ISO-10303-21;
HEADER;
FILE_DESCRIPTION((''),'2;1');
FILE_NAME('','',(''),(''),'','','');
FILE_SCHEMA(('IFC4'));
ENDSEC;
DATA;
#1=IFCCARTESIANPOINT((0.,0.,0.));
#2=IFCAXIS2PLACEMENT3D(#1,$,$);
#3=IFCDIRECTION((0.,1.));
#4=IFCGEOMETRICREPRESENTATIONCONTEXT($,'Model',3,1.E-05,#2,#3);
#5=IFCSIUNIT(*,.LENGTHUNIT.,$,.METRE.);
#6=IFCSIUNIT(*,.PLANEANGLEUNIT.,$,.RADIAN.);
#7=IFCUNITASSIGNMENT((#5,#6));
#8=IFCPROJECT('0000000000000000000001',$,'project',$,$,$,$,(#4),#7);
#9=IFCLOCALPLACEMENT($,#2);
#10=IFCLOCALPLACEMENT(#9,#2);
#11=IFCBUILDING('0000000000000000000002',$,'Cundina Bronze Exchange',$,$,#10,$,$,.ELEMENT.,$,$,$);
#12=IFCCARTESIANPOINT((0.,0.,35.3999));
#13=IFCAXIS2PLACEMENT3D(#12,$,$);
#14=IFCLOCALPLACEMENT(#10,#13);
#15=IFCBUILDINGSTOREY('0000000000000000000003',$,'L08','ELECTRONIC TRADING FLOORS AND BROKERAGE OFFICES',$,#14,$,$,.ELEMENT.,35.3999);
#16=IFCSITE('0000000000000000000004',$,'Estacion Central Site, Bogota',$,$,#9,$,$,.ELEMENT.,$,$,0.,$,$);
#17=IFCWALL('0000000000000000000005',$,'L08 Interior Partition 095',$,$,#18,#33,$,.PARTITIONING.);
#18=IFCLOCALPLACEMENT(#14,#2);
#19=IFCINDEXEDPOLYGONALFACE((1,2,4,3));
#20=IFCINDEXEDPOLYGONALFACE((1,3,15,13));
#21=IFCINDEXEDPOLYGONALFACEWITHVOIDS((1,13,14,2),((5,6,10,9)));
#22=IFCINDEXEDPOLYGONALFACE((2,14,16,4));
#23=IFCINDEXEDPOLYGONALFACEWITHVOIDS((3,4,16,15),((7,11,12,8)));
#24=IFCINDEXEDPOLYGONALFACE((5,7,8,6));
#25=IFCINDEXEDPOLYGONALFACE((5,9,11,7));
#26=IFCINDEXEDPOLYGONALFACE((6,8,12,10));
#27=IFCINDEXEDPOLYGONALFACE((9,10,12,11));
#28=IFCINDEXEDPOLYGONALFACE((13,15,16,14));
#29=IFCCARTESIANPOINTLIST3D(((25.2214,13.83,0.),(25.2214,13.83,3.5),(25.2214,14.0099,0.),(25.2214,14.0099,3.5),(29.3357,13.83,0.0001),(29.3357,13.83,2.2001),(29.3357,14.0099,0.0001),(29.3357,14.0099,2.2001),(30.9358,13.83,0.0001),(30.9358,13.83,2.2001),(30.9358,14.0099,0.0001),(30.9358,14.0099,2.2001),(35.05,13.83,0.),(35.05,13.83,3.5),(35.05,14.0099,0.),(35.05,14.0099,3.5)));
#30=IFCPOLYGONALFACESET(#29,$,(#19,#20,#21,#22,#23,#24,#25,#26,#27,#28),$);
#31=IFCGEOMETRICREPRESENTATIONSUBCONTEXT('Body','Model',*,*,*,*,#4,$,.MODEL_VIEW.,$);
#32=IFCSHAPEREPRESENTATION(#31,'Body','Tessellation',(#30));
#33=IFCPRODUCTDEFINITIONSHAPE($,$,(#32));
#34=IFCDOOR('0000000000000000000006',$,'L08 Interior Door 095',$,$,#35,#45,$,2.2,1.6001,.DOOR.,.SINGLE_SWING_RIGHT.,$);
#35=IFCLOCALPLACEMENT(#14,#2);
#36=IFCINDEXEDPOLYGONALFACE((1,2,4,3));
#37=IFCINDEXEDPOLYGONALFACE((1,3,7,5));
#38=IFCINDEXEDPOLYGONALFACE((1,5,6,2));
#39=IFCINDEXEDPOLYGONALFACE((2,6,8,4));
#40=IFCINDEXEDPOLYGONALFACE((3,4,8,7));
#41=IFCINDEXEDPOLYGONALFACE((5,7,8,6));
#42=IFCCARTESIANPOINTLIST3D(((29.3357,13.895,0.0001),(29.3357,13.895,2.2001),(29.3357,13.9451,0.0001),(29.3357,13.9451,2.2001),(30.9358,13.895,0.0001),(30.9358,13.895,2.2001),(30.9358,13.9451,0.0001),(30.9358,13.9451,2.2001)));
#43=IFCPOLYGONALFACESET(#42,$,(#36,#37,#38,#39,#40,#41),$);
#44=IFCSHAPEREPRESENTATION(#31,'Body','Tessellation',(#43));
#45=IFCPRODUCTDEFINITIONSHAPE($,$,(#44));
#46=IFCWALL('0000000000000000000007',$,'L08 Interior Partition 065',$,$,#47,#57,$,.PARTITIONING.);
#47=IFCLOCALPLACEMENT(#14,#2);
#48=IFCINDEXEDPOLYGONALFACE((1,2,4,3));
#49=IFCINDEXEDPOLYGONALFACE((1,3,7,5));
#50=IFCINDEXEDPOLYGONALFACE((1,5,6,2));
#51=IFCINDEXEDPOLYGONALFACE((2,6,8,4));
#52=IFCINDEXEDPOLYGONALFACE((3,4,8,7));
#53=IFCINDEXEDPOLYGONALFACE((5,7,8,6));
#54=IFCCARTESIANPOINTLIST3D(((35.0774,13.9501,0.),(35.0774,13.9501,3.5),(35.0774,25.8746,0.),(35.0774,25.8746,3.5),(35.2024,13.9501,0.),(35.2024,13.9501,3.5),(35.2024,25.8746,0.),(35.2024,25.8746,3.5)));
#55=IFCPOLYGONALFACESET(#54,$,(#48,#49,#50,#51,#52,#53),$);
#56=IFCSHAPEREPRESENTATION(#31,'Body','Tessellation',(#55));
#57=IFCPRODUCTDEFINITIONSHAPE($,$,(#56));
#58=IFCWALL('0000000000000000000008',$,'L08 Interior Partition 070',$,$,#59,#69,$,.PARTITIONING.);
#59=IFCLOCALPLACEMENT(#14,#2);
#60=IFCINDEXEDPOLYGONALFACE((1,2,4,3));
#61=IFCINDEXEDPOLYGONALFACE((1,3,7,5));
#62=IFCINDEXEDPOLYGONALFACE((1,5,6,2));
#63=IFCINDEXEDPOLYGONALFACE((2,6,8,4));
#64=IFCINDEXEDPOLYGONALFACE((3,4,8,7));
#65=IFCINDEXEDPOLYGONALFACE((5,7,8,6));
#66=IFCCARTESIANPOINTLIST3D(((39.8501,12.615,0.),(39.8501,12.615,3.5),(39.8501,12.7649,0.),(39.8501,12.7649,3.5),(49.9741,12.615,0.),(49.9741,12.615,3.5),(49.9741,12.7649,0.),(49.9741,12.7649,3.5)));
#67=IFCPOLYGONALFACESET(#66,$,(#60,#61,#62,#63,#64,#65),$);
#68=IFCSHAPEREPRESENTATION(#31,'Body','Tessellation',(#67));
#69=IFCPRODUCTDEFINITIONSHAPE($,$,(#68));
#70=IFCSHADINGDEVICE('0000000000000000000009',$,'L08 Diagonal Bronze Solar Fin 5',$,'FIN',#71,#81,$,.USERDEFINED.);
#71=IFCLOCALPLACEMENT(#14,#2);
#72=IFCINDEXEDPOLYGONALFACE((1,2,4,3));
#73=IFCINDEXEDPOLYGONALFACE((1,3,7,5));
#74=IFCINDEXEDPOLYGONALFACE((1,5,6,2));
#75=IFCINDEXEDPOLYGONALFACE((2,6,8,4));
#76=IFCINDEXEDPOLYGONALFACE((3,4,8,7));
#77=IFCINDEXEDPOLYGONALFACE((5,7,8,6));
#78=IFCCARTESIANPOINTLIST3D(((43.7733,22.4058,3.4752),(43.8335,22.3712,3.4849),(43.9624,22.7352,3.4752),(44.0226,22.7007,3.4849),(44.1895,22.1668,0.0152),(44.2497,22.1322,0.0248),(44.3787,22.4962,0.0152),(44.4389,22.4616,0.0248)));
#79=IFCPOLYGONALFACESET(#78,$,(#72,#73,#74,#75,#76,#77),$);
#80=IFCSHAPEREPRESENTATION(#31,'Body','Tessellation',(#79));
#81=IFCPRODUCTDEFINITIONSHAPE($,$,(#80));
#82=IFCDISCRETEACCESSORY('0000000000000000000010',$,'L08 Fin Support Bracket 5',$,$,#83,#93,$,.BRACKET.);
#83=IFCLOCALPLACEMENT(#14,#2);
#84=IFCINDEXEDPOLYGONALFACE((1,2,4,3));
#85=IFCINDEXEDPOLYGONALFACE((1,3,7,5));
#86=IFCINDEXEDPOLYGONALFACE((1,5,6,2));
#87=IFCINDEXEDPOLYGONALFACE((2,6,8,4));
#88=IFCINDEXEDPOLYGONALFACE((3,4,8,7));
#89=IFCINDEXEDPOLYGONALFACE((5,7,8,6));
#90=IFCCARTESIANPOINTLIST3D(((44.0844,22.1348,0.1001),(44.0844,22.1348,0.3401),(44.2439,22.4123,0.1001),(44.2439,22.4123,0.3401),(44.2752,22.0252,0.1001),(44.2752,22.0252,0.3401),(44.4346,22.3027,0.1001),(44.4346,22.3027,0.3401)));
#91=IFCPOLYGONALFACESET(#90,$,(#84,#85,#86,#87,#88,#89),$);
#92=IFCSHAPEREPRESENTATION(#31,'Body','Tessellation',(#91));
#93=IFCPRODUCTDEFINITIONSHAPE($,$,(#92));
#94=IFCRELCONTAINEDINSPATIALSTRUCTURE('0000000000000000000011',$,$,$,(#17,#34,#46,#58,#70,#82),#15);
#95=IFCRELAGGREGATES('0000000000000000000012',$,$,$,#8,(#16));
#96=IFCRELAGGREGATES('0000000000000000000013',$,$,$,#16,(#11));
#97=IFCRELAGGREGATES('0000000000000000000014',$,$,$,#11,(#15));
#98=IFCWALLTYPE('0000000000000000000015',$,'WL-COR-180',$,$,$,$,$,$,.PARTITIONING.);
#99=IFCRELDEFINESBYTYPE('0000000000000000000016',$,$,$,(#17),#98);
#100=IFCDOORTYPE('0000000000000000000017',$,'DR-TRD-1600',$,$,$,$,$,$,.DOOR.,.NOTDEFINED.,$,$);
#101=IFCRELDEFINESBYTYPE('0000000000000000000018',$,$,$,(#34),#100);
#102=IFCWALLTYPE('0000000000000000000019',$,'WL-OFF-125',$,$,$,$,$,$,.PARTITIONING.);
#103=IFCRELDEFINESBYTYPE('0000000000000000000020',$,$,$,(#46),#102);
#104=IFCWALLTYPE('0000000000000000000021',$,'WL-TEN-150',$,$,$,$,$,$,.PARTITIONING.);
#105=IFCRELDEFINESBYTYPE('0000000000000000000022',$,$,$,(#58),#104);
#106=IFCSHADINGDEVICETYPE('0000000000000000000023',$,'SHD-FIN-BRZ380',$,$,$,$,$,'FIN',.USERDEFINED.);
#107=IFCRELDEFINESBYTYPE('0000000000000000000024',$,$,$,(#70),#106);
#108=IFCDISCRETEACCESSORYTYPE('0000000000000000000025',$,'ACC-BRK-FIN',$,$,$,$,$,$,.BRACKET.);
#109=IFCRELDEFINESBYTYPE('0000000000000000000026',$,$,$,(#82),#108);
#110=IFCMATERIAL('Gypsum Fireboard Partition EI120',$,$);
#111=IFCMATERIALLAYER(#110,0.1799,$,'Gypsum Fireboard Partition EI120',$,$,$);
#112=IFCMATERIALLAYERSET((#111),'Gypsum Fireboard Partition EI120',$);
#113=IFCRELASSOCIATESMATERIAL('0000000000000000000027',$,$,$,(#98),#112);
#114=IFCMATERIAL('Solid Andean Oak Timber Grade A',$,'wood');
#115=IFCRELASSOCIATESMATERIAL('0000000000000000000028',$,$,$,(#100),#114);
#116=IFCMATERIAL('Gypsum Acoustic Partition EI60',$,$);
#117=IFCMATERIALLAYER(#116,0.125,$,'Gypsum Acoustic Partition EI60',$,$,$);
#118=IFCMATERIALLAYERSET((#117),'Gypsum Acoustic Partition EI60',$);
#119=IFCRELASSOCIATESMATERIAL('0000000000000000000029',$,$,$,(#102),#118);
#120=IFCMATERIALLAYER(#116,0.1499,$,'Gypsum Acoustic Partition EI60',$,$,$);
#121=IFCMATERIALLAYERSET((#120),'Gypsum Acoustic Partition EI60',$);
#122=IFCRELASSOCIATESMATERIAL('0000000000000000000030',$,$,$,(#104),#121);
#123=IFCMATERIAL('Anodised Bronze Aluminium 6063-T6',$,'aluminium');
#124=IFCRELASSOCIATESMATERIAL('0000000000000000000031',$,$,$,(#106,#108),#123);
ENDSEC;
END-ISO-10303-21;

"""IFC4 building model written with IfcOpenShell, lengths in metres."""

from ifc_helpers import new_model, si_unit, direction, frame, frame_2d, origin, origin_2d, place, context, subcontext, project, spatial, rectangle, extrude, material, layer, layer_set, material_profile, profile_set, type_object, element, fill, save


model = new_model("IFC4")

# Units and contexts
model_context = context("Model", 3, precision=1e-05, world=origin(), true_north=direction((0.0, 1.0)))
body_context = subcontext(model_context, "Body", "Model", "MODEL_VIEW")
ifc_project = project(units=[si_unit("LENGTHUNIT", "METRE"), si_unit("PLANEANGLEUNIT", "RADIAN")], contexts=[model_context])

# Site, building, storey
site_placement = place(None, origin())
site = spatial("IfcSite", under=ifc_project, at=site_placement, Name="Estacion Central Site, Bogota", CompositionType="ELEMENT", RefElevation=0.0)
building_placement = place(site_placement, origin())
building = spatial("IfcBuilding", under=site, at=building_placement, Name="Cundina Bronze Exchange", CompositionType="ELEMENT")
storey_placement = place(building_placement, frame((0.0, 0.0, 35.3999)))
storey = spatial("IfcBuildingStorey", under=building, at=storey_placement, Name="L08", Description="ELECTRONIC TRADING FLOORS AND BROKERAGE OFFICES", CompositionType="ELEMENT", Elevation=35.3999)

# Shared definitions
ifc_material_1 = material(Name="Anodised Bronze Aluminium 6063-T6", Category="aluminium")

# Shared definitions
ifc_material_2 = material(Name="Gypsum Fireboard Partition EI120")
ifc_layer_1 = layer(ifc_material_2, 0.1799, Name="Gypsum Fireboard Partition EI120")
ifc_layer_set_1 = layer_set([ifc_layer_1], Name="Gypsum Fireboard Partition EI120")
wall_type_1 = type_object("IfcWallType", Name="WL-COR-180", PredefinedType="PARTITIONING", material=ifc_layer_set_1)

# Shared definitions
ifc_material_3 = material(Name="Solid Andean Oak Timber Grade A", Category="wood")

# Wall, opening, door
wall_1_placement = place(storey_placement, frame((35.05, 13.9199, 0.0), z_axis=(0.0, 0.0, 1.0), x_axis=(-1.0, 0.0, 0.0)))
wall_1 = element("IfcWall", 1, at=wall_1_placement, inside=storey, type_object=wall_type_1, Name="L08 Interior Partition 095", PredefinedType="PARTITIONING", context=body_context, shape_type="SweptSolid", body=[
    extrude(rectangle(XDim=9.8286, YDim=0.1799, at=frame_2d((4.9143, 0.0))), origin(), (0.0, 0.0, 1.0), 3.5),
])
opening_1_placement = place(wall_1_placement, frame((4.1143, 0.0, 0.0)))
opening_1 = element("IfcOpeningElement", 2, at=opening_1_placement, cuts=wall_1, PredefinedType="OPENING", context=body_context, shape_type="SweptSolid", body=[
    extrude(rectangle(XDim=1.6001, YDim=2.2, at=frame_2d((0.8, 1.1001))), frame((0.0, 0.0999, 0.0), z_axis=(0.0, -1.0, 0.0), x_axis=(1.0, 0.0, 0.0)), (0.0, 0.0, 1.0), 0.2),
])
door_type_1 = type_object("IfcDoorType", Name="DR-TRD-1600", OperationType="NOTDEFINED", PredefinedType="DOOR", material=ifc_material_3)
door_1_placement = place(opening_1_placement, origin())
door_1 = element("IfcDoor", 3, at=door_1_placement, inside=storey, type_object=door_type_1, Name="L08 Interior Door 095", OperationType="SINGLE_SWING_RIGHT", OverallHeight=2.2, OverallWidth=1.6001, PredefinedType="DOOR", context=body_context, shape_type="SweptSolid", body=[
    extrude(rectangle(XDim=1.6001, YDim=2.2, at=frame_2d((0.8, 1.1001))), frame((0.0, 0.0249, 0.0), z_axis=(0.0, -1.0, 0.0), x_axis=(1.0, 0.0, 0.0)), (0.0, 0.0, 1.0), 0.05),
])
fill(opening_1, door_1)

# Walls
ifc_material_4 = material(Name="Gypsum Acoustic Partition EI60")
ifc_layer_2 = layer(ifc_material_4, 0.125, Name="Gypsum Acoustic Partition EI60")
ifc_layer_set_2 = layer_set([ifc_layer_2], Name="Gypsum Acoustic Partition EI60")
wall_type_2 = type_object("IfcWallType", Name="WL-OFF-125", PredefinedType="PARTITIONING", material=ifc_layer_set_2)
wall_2_placement = place(storey_placement, frame((35.1399, 13.95, 0.0), z_axis=(0.0, 0.0, 1.0), x_axis=(0.0, 1.0, 0.0)))
element("IfcWall", 4, at=wall_2_placement, inside=storey, type_object=wall_type_2, Name="L08 Interior Partition 065", PredefinedType="PARTITIONING", context=body_context, shape_type="SweptSolid", body=[
    extrude(rectangle(XDim=11.9246, YDim=0.125, at=frame_2d((5.9624, 0.0))), origin(), (0.0, 0.0, 1.0), 3.5),
])
ifc_layer_3 = layer(ifc_material_4, 0.1499, Name="Gypsum Acoustic Partition EI60")
ifc_layer_set_3 = layer_set([ifc_layer_3], Name="Gypsum Acoustic Partition EI60")
wall_type_3 = type_object("IfcWallType", Name="WL-TEN-150", PredefinedType="PARTITIONING", material=ifc_layer_set_3)
wall_3_placement = place(storey_placement, frame((39.8501, 12.6899, 0.0), z_axis=(0.0, 0.0, 1.0), x_axis=(1.0, 0.0, 0.0)))
element("IfcWall", 5, at=wall_3_placement, inside=storey, type_object=wall_type_3, Name="L08 Interior Partition 070", PredefinedType="PARTITIONING", context=body_context, shape_type="SweptSolid", body=[
    extrude(rectangle(XDim=10.124, YDim=0.1499, at=frame_2d((5.062, 0.0))), origin(), (0.0, 0.0, 1.0), 3.5),
])

# Shading device
ifc_material_profile_1 = material_profile(ifc_material_1, rectangle(XDim=0.0701, YDim=0.3799, at=origin_2d()), Name="FIN70X380", Category="aluminium")
ifc_profile_set_1 = profile_set([ifc_material_profile_1], Name="Anodised Bronze Aluminium 6063-T6")
shading_device_type = type_object("IfcShadingDeviceType", Name="SHD-FIN-BRZ380", ElementType="FIN", PredefinedType="USERDEFINED", material=ifc_profile_set_1)
shading_device_placement = place(storey_placement, frame((44.3142, 22.3142, 0.02), z_axis=(-0.119166, 0.068425, 0.990514), x_axis=(0.858982, -0.493222, 0.137414)))
element("IfcShadingDevice", 6, at=shading_device_placement, inside=storey, type_object=shading_device_type, Name="L08 Diagonal Bronze Solar Fin 5", ObjectType="FIN", PredefinedType="USERDEFINED", context=body_context, shape_type="SweptSolid", body=[
    extrude(rectangle(XDim=0.0701, YDim=0.3799, at=origin_2d()), origin(), (0.0, 0.0, 1.0), 3.4932),
])

# Discrete accessory
discrete_accessory_type = type_object("IfcDiscreteAccessoryType", Name="ACC-BRK-FIN", PredefinedType="BRACKET", material=ifc_material_1)
discrete_accessory_placement = place(storey_placement, frame((44.2595, 22.2188, 0.1001), z_axis=(0.0, 0.0, 1.0), x_axis=(-0.867105, 0.498125, 0.0)))
element("IfcDiscreteAccessory", 7, at=discrete_accessory_placement, inside=storey, type_object=discrete_accessory_type, Name="L08 Fin Support Bracket 5", PredefinedType="BRACKET", context=body_context, shape_type="SweptSolid", body=[
    extrude(rectangle(XDim=0.22, YDim=0.3201, at=origin_2d()), origin(), (0.0, 0.0, 1.0), 0.24),
])

save(model, "model.ifc")
